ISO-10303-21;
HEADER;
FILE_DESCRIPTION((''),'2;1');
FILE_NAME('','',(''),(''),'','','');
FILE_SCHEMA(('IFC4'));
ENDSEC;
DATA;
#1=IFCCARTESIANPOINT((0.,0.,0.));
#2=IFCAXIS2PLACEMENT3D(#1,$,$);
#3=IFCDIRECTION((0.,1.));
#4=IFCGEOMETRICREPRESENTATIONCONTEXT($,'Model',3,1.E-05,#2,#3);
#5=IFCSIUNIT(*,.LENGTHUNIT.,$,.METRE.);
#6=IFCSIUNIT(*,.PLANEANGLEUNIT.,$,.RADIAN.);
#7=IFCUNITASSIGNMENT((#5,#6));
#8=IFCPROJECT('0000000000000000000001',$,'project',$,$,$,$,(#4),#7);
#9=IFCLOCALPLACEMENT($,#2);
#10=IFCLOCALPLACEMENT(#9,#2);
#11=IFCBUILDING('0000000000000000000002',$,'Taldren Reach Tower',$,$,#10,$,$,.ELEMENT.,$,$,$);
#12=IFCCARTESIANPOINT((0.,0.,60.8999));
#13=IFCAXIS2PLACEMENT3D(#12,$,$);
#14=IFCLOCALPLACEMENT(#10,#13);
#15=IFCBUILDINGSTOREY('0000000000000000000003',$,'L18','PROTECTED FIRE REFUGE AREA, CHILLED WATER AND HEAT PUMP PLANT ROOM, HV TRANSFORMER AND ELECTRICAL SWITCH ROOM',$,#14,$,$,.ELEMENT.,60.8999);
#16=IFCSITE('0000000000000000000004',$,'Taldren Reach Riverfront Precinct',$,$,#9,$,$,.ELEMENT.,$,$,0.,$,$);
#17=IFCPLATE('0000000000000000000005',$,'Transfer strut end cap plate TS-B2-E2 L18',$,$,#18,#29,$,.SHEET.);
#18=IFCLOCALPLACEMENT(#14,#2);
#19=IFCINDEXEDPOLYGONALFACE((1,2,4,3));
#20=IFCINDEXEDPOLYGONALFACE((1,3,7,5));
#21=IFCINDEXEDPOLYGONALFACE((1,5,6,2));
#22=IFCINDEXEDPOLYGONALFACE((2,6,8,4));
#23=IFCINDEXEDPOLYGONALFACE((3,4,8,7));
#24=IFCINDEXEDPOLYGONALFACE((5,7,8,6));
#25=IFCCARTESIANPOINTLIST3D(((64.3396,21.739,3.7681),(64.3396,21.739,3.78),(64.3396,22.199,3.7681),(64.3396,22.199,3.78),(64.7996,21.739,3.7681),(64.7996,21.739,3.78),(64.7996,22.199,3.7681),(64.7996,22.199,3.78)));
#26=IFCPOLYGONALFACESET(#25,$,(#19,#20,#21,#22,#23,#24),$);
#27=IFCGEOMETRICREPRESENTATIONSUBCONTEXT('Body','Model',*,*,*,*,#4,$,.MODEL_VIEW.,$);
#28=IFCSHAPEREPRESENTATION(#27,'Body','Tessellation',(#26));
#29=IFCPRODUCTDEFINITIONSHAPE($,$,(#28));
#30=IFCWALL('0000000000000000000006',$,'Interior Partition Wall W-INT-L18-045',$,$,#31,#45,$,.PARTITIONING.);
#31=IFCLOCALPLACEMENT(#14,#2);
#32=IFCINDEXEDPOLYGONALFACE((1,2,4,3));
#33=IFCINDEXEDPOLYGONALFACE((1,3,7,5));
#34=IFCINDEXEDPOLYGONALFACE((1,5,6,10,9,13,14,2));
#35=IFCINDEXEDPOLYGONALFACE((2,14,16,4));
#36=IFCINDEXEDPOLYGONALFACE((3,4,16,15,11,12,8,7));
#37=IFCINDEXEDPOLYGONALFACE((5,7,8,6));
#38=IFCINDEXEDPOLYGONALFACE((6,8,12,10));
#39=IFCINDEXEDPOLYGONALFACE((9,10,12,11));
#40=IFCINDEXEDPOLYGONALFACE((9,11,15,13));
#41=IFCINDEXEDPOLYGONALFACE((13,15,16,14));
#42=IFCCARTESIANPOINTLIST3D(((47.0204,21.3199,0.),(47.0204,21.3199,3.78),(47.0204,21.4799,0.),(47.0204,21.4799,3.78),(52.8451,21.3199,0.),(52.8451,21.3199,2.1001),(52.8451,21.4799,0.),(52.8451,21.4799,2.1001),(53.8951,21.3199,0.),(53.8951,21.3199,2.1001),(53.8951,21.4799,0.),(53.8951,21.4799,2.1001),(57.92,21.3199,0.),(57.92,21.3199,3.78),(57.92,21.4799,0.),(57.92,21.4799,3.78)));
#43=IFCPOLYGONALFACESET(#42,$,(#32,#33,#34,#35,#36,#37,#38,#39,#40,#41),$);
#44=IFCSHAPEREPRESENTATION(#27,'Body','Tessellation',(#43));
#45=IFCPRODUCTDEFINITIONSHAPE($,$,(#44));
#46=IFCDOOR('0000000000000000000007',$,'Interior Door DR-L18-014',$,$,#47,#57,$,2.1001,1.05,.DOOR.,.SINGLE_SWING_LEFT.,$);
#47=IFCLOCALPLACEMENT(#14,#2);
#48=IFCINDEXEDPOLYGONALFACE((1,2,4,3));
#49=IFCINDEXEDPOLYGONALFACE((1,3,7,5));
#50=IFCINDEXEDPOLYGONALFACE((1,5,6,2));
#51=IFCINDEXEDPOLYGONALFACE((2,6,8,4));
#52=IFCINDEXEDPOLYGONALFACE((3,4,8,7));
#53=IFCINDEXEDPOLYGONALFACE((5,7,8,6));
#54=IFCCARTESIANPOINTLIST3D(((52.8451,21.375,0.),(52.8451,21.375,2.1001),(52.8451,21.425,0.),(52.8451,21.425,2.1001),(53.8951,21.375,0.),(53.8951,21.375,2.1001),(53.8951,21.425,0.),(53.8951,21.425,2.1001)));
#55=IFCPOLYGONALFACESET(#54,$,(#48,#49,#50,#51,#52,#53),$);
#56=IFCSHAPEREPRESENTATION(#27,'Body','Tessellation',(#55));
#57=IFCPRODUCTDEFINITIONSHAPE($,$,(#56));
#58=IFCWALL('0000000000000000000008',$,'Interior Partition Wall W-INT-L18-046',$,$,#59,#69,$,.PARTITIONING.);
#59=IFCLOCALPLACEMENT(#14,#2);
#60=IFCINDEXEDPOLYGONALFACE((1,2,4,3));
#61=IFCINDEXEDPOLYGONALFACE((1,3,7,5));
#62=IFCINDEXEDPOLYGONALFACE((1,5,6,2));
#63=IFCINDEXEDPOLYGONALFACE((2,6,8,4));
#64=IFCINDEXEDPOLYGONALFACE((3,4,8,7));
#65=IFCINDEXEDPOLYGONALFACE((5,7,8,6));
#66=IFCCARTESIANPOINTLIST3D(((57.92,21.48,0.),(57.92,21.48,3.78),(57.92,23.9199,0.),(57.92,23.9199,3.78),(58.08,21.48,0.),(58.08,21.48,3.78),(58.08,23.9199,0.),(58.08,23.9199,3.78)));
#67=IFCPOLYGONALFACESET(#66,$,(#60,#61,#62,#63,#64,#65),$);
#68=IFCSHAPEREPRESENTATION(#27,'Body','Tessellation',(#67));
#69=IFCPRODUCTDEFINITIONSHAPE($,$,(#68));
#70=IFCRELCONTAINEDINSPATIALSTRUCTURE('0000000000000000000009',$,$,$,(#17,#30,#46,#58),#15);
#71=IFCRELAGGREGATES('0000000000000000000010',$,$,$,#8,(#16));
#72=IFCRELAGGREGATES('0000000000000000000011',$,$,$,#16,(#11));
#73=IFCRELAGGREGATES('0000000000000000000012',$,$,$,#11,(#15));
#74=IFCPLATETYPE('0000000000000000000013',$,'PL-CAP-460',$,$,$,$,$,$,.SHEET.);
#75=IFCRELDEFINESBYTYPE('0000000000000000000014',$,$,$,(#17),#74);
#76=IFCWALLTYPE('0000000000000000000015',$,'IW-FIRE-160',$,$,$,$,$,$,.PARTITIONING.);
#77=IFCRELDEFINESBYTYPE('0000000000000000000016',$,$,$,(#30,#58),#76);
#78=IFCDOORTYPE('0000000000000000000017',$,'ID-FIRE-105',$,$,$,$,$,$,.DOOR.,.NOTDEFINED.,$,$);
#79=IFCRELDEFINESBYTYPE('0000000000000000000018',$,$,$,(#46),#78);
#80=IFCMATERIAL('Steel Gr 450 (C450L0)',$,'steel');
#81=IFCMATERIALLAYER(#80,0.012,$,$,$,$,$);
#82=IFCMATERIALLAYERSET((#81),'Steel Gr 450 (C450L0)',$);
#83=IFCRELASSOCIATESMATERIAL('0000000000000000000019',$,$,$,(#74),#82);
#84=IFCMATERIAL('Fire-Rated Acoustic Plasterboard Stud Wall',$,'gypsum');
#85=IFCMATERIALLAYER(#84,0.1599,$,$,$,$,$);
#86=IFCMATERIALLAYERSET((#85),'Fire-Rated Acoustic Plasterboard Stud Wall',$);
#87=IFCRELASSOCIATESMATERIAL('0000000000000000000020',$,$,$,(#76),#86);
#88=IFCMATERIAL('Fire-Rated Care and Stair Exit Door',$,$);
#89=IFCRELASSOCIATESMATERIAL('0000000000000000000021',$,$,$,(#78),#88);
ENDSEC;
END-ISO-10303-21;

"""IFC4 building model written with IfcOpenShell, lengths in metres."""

from ifc_helpers import new_model, si_unit, direction, frame, frame_2d, origin, origin_2d, place, context, subcontext, project, spatial, rectangle, extrude, source, transform, mapped, material, layer, layer_set, type_object, element, fill, save


model = new_model("IFC4")

# Units and contexts
model_context = context("Model", 3, precision=1e-05, world=origin(), true_north=direction((0.0, 1.0)))
body_context = subcontext(model_context, "Body", "Model", "MODEL_VIEW")
ifc_project = project(units=[si_unit("LENGTHUNIT", "METRE"), si_unit("PLANEANGLEUNIT", "RADIAN")], contexts=[model_context])

# Site, building, storey
site_placement = place(None, origin())
site = spatial("IfcSite", under=ifc_project, at=site_placement, Name="Taldren Reach Riverfront Precinct", CompositionType="ELEMENT", RefElevation=0.0)
building_placement = place(site_placement, origin())
building = spatial("IfcBuilding", under=site, at=building_placement, Name="Taldren Reach Tower", CompositionType="ELEMENT")
storey_placement = place(building_placement, frame((0.0, 0.0, 60.8999)))
storey = spatial("IfcBuildingStorey", under=building, at=storey_placement, Name="L18", Description="PROTECTED FIRE REFUGE AREA, CHILLED WATER AND HEAT PUMP PLANT ROOM, HV TRANSFORMER AND ELECTRICAL SWITCH ROOM", CompositionType="ELEMENT", Elevation=60.8999)

# Shared definitions
ifc_material_1 = material(Name="Steel Gr 450 (C450L0)", Category="steel")

# Plate
ifc_layer_1 = layer(ifc_material_1, 0.012)
ifc_layer_set_1 = layer_set([ifc_layer_1], Name="Steel Gr 450 (C450L0)")
plate_type_1 = type_object("IfcPlateType", Name="PL-CAP-460", PredefinedType="SHEET", material=ifc_layer_set_1)
shared_shape_1 = source(origin(), body_context, "Body", "SweptSolid", [
    extrude(rectangle(XDim=0.46, YDim=0.46, at=origin_2d()), origin(), (0.0, 0.0, 1.0), 0.012),
])
plate_1_placement = place(storey_placement, frame((64.5696, 21.969, 3.7681), z_axis=(0.0, 0.0, 1.0), x_axis=(1.0, 0.0, 0.0)))
element("IfcPlate", 1, at=plate_1_placement, inside=storey, type_object=plate_type_1, Name="Transfer strut end cap plate TS-B2-E2 L18", PredefinedType="SHEET", context=body_context, shape_type="MappedRepresentation", body=[
    mapped(shared_shape_1, transform((0.0, 0.0, 0.0), scale=1.0)),
])

# Wall, opening, door
ifc_material_2 = material(Name="Fire-Rated Acoustic Plasterboard Stud Wall", Category="gypsum")
ifc_layer_2 = layer(ifc_material_2, 0.1599)
ifc_layer_set_2 = layer_set([ifc_layer_2], Name="Fire-Rated Acoustic Plasterboard Stud Wall")
wall_type = type_object("IfcWallType", Name="IW-FIRE-160", PredefinedType="PARTITIONING", material=ifc_layer_set_2)
shared_shape_2 = source(origin(), body_context, "Body", "SweptSolid", [
    extrude(rectangle(XDim=10.8997, YDim=0.1599, at=frame_2d((5.4497, 0.0))), origin(), (0.0, 0.0, 1.0), 3.78),
])
wall_1_placement = place(storey_placement, frame((57.9199, 21.3999, 0.0), z_axis=(0.0, 0.0, 1.0), x_axis=(-1.0, 0.0, 0.0)))
wall_1 = element("IfcWall", 2, at=wall_1_placement, inside=storey, type_object=wall_type, Name="Interior Partition Wall W-INT-L18-045", PredefinedType="PARTITIONING", context=body_context, shape_type="MappedRepresentation", body=[
    mapped(shared_shape_2, transform((0.0, 0.0, 0.0), scale=1.0)),
])
shared_shape_3 = source(origin(), body_context, "Body", "SweptSolid", [
    extrude(rectangle(XDim=1.05, YDim=2.1001, at=frame_2d((0.5249, 1.05))), frame((0.0, 0.0898, 0.0), z_axis=(0.0, -1.0, 0.0), x_axis=(1.0, 0.0, 0.0)), (0.0, 0.0, 1.0), 0.1799),
])
opening_placement = place(wall_1_placement, frame((4.0249, 0.0, 0.0)))
opening = element("IfcOpeningElement", 3, at=opening_placement, cuts=wall_1, PredefinedType="OPENING", context=body_context, shape_type="MappedRepresentation", body=[
    mapped(shared_shape_3, transform((0.0, 0.0, 0.0), scale=1.0)),
])
ifc_material_3 = material(Name="Fire-Rated Care and Stair Exit Door")
door_type = type_object("IfcDoorType", Name="ID-FIRE-105", OperationType="NOTDEFINED", PredefinedType="DOOR", material=ifc_material_3)
shared_shape_4 = source(origin(), body_context, "Body", "SweptSolid", [
    extrude(rectangle(XDim=1.05, YDim=2.1001, at=frame_2d((0.5249, 1.05))), frame((0.0, 0.0249, 0.0), z_axis=(0.0, -1.0, 0.0), x_axis=(1.0, 0.0, 0.0)), (0.0, 0.0, 1.0), 0.05),
])
door_placement = place(opening_placement, origin())
door = element("IfcDoor", 4, at=door_placement, inside=storey, type_object=door_type, Name="Interior Door DR-L18-014", OperationType="SINGLE_SWING_LEFT", OverallHeight=2.1001, OverallWidth=1.05, PredefinedType="DOOR", context=body_context, shape_type="MappedRepresentation", body=[
    mapped(shared_shape_4, transform((0.0, 0.0, 0.0), scale=1.0)),
])
fill(opening, door)

# Wall
shared_shape_5 = source(origin(), body_context, "Body", "SweptSolid", [
    extrude(rectangle(XDim=2.4399, YDim=0.1599, at=frame_2d((1.22, 0.0))), origin(), (0.0, 0.0, 1.0), 3.78),
])
wall_2_placement = place(storey_placement, frame((58.0, 23.9199, 0.0), z_axis=(0.0, 0.0, 1.0), x_axis=(0.0, -1.0, 0.0)))
element("IfcWall", 5, at=wall_2_placement, inside=storey, type_object=wall_type, Name="Interior Partition Wall W-INT-L18-046", PredefinedType="PARTITIONING", context=body_context, shape_type="MappedRepresentation", body=[
    mapped(shared_shape_5, transform((0.0, 0.0, 0.0), scale=1.0)),
])

save(model, "model.ifc")
